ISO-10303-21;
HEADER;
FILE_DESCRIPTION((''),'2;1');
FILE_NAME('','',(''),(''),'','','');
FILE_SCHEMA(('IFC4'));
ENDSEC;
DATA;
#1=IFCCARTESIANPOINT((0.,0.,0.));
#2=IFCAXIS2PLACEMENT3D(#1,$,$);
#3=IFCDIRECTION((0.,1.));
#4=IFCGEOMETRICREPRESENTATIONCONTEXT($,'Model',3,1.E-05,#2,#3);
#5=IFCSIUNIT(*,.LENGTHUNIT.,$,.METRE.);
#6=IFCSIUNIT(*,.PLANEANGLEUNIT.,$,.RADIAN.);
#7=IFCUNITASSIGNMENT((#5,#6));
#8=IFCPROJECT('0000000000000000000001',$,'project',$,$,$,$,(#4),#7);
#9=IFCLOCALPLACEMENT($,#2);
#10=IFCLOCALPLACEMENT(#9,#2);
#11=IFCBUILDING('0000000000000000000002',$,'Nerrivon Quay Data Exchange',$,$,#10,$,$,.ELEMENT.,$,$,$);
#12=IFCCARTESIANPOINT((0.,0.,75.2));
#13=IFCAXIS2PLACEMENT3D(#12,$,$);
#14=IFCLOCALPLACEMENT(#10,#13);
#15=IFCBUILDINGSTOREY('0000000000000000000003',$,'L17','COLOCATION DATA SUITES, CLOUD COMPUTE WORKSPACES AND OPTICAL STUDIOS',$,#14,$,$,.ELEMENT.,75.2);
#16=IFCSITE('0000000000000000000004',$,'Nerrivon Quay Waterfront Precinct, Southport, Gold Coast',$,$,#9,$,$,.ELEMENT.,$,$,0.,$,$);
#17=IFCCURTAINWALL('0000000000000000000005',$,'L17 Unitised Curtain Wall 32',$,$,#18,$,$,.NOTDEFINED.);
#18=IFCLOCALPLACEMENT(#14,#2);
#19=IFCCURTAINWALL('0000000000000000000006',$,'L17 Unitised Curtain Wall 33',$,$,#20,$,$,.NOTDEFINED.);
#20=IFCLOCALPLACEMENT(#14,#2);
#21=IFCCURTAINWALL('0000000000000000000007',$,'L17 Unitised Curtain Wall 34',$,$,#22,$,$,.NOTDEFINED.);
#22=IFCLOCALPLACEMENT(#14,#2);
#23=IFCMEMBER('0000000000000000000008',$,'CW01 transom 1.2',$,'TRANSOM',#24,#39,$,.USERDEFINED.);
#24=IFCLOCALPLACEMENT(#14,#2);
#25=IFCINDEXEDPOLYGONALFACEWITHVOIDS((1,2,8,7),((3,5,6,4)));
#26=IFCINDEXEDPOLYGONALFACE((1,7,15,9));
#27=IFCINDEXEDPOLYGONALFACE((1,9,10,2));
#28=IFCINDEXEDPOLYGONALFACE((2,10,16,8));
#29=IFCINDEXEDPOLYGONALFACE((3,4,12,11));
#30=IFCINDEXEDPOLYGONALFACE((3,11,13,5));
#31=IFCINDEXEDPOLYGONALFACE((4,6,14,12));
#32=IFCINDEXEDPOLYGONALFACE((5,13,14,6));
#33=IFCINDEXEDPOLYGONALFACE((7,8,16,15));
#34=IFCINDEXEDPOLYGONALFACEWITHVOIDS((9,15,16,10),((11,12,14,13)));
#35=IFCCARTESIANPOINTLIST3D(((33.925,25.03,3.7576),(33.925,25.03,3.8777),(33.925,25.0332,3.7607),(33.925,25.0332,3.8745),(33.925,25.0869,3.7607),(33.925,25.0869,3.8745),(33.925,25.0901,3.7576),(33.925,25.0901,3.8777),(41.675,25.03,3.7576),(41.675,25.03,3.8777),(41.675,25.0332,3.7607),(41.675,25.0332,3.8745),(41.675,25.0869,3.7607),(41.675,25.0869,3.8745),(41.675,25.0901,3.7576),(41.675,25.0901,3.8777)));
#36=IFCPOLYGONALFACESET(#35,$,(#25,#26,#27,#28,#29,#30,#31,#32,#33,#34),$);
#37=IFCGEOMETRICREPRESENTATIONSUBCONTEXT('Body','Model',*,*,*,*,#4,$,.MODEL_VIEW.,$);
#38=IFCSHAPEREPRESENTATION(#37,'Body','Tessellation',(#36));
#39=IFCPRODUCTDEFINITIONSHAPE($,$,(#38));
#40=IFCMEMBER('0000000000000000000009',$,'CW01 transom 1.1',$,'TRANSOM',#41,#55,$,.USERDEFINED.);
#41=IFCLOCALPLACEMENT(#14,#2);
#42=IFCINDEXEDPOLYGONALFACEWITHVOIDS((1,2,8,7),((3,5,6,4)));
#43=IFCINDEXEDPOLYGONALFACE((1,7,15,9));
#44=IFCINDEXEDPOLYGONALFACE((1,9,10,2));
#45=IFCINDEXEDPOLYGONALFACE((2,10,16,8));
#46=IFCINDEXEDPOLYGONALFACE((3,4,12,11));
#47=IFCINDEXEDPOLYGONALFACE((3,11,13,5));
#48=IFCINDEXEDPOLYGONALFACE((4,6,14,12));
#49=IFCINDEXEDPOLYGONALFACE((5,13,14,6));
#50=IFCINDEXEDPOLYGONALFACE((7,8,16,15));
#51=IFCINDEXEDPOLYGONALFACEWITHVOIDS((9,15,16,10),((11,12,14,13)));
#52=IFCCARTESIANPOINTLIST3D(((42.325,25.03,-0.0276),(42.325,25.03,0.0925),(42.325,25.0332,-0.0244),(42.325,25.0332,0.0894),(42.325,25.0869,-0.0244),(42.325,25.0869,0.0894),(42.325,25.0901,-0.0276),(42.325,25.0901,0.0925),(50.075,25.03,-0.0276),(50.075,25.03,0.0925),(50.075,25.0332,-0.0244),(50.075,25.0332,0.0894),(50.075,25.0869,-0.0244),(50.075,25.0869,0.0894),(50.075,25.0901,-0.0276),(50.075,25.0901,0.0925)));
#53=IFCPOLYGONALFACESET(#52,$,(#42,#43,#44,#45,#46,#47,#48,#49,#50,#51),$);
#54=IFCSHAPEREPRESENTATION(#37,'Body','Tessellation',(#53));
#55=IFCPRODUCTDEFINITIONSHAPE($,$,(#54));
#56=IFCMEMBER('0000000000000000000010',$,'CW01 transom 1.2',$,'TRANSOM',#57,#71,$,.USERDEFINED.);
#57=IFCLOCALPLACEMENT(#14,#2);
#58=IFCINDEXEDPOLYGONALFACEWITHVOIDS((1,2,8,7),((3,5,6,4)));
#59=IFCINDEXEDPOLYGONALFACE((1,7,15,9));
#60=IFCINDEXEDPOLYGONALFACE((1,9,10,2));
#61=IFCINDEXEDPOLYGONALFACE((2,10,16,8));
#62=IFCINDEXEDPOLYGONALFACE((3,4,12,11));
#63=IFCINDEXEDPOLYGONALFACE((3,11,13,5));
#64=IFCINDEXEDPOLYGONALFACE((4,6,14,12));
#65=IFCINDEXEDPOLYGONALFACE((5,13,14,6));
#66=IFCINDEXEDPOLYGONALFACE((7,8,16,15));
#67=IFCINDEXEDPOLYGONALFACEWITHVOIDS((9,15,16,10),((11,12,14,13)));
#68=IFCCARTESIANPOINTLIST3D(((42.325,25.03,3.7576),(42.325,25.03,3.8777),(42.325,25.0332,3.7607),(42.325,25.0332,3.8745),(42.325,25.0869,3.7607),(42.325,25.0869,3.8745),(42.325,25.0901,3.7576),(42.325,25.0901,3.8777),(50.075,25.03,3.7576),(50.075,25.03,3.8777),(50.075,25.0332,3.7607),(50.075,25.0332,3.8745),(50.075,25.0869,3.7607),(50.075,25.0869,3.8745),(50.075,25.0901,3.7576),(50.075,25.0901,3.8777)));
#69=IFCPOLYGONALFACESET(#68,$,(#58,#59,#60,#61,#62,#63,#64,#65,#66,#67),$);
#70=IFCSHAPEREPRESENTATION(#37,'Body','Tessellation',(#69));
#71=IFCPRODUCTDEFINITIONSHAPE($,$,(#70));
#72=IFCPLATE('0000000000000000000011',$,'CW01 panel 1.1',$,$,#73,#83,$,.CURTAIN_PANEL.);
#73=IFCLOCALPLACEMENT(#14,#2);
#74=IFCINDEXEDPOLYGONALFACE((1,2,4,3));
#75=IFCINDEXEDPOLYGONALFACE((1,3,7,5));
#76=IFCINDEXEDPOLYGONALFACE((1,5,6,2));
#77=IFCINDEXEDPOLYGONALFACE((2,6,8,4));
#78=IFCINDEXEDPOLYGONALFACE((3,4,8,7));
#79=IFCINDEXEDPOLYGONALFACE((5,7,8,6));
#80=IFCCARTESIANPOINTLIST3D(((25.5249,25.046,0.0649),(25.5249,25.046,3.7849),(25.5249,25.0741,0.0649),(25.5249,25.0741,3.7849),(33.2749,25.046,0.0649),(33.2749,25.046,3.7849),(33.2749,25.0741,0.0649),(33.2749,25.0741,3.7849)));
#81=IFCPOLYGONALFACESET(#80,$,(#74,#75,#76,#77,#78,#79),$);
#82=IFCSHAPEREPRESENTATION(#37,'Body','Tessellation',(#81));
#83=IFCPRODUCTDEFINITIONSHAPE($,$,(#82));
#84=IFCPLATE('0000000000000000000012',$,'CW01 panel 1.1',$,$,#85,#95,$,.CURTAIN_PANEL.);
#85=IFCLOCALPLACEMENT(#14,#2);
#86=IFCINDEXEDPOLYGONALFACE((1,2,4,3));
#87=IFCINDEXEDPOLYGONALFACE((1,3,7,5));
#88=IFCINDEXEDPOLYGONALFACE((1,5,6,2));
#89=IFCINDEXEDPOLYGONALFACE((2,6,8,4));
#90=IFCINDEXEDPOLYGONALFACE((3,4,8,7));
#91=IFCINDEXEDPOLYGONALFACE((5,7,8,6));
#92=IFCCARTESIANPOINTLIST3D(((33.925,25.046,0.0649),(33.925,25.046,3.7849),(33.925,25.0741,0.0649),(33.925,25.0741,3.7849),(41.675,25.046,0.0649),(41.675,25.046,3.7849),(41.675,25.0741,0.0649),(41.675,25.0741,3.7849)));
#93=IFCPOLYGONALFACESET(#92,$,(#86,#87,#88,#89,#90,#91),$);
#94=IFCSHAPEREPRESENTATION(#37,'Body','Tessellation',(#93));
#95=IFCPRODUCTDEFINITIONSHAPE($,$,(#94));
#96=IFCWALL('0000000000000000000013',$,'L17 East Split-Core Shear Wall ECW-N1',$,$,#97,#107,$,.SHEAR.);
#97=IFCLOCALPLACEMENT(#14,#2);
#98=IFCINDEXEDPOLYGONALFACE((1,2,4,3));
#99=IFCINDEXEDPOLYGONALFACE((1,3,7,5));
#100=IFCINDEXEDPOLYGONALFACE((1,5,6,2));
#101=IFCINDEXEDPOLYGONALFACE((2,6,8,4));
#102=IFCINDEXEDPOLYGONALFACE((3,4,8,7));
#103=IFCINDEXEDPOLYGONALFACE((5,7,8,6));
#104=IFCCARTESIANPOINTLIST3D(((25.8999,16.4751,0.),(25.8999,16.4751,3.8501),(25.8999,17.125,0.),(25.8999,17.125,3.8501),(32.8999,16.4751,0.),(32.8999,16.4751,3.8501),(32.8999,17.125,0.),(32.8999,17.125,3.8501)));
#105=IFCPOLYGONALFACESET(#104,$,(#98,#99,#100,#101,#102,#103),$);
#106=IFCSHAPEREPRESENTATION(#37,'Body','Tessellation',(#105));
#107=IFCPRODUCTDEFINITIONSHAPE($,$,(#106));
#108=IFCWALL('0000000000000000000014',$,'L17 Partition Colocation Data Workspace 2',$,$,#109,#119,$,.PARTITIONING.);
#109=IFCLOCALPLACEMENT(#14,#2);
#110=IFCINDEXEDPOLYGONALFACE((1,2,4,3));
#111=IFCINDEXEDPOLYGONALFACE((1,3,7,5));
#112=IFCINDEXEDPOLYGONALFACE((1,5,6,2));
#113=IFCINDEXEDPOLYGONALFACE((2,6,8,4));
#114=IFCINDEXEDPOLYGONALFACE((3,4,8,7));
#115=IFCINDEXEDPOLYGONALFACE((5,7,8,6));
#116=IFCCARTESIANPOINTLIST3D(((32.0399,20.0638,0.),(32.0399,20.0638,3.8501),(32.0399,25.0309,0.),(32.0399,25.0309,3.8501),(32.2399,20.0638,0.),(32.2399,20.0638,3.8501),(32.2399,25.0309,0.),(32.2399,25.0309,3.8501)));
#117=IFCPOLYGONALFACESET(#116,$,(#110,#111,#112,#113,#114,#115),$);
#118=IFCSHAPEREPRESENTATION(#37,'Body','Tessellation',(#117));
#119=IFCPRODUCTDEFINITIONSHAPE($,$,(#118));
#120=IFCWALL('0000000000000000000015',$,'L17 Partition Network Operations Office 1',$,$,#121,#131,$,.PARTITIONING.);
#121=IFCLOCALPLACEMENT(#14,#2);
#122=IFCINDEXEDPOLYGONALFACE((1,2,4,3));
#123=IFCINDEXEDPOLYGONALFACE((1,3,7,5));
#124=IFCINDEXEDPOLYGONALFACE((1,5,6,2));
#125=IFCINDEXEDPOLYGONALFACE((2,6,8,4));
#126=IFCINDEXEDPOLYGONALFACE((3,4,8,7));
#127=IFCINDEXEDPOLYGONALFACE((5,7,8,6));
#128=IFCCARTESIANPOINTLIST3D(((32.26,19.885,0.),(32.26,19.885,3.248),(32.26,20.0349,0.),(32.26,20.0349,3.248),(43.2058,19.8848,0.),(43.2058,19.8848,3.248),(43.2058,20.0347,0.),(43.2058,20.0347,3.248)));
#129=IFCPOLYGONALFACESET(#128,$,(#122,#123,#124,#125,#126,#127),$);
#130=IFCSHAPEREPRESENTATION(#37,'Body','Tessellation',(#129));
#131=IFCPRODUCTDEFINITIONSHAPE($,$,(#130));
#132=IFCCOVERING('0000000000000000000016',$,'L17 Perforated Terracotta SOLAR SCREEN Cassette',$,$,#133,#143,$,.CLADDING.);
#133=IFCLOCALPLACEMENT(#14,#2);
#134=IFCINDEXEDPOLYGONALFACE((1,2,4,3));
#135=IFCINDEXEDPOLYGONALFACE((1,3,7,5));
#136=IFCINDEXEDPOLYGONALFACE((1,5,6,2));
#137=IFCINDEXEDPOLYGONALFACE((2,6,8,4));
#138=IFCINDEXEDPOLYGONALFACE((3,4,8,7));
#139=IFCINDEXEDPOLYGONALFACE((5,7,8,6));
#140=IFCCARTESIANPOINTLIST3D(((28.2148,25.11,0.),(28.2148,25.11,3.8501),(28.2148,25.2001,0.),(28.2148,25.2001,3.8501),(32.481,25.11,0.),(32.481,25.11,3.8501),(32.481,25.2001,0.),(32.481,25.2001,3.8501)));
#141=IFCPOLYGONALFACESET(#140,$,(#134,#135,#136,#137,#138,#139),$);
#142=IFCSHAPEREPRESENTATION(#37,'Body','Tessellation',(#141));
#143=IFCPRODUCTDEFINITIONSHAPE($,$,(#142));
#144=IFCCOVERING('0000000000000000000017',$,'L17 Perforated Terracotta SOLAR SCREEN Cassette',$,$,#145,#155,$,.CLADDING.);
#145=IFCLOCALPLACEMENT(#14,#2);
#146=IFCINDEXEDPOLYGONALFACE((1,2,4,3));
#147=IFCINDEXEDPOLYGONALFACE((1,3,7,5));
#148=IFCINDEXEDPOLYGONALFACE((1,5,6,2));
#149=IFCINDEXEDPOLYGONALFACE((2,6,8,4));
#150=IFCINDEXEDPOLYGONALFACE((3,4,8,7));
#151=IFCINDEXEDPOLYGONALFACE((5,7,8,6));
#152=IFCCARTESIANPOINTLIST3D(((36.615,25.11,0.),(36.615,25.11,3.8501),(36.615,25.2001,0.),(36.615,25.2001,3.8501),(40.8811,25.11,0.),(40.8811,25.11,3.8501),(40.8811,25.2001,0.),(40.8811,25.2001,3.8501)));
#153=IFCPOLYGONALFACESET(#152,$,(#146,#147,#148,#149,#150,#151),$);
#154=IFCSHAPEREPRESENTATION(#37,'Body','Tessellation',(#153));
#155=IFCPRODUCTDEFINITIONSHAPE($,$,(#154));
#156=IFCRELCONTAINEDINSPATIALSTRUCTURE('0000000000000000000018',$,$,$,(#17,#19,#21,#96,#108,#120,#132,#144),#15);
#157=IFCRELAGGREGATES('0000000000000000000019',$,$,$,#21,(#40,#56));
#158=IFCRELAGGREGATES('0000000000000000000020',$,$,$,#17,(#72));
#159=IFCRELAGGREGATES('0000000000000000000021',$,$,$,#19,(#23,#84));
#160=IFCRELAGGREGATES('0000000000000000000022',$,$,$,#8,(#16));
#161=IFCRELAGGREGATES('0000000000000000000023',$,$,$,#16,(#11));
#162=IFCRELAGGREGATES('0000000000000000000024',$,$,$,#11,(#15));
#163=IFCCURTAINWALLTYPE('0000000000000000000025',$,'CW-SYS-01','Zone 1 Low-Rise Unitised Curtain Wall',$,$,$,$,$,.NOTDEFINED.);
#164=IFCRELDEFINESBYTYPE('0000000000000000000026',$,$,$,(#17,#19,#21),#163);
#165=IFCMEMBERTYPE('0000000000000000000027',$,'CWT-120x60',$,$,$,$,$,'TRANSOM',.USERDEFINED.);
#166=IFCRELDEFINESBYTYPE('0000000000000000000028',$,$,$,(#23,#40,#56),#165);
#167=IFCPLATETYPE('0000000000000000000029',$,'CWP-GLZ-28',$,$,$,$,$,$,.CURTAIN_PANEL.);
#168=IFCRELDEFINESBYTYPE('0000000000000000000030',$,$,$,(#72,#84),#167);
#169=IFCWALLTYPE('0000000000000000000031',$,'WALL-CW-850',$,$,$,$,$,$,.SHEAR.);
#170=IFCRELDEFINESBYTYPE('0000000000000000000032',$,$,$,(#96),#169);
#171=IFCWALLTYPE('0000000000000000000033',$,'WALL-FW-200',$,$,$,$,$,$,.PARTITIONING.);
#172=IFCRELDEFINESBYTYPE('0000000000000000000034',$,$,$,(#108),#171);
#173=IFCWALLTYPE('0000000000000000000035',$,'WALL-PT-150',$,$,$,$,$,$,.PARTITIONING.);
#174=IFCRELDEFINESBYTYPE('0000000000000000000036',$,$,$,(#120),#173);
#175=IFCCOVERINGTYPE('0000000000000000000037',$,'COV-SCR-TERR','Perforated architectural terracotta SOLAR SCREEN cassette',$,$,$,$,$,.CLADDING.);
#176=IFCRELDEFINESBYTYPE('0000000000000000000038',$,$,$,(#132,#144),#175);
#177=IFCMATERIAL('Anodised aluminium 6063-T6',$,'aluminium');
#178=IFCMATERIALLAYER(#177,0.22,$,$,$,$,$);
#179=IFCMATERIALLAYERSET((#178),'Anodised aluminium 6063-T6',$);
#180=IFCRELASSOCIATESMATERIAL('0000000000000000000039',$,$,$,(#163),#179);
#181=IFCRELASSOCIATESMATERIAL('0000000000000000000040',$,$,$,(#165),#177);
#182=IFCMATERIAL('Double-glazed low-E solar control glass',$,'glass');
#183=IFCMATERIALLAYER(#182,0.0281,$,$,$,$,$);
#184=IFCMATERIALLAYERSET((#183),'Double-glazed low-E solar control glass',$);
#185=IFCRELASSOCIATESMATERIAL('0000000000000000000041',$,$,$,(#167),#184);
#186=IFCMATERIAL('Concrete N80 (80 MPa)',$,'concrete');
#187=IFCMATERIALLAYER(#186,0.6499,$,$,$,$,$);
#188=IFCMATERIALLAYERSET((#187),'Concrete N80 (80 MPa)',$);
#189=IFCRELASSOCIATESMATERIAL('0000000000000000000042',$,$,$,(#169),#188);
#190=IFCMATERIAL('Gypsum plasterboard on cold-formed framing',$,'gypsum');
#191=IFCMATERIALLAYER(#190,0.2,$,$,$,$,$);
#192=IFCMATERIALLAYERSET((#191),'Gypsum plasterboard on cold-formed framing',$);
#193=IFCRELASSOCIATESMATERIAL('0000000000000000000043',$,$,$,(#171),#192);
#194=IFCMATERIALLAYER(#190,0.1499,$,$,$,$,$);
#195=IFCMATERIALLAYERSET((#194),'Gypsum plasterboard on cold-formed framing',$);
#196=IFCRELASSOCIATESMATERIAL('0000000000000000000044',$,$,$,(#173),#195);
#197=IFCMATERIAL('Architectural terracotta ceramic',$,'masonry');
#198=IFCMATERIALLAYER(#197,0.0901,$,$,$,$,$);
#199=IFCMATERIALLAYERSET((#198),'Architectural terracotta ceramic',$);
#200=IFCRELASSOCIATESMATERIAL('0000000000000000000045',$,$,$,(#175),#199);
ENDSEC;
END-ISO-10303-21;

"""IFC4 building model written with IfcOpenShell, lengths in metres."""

from ifc_helpers import new_model, si_unit, direction, frame, frame_2d, origin, origin_2d, place, context, subcontext, project, spatial, rectangle, hollow_rectangle, extrude, material, layer, layer_set, material_profile, profile_set, type_object, element, aggregate, save


model = new_model("IFC4")

# Units and contexts
model_context = context("Model", 3, precision=1e-05, world=origin(), true_north=direction((0.0, 1.0)))
body_context = subcontext(model_context, "Body", "Model", "MODEL_VIEW")
ifc_project = project(units=[si_unit("LENGTHUNIT", "METRE"), si_unit("PLANEANGLEUNIT", "RADIAN")], contexts=[model_context])

# Site, building, storey
site_placement = place(None, origin())
site = spatial("IfcSite", under=ifc_project, at=site_placement, Name="Nerrivon Quay Waterfront Precinct, Southport, Gold Coast", CompositionType="ELEMENT", RefElevation=0.0)
building_placement = place(site_placement, origin())
building = spatial("IfcBuilding", under=site, at=building_placement, Name="Nerrivon Quay Data Exchange", CompositionType="ELEMENT")
storey_placement = place(building_placement, frame((0.0, 0.0, 75.2)))
storey = spatial("IfcBuildingStorey", under=building, at=storey_placement, Name="L17", Description="COLOCATION DATA SUITES, CLOUD COMPUTE WORKSPACES AND OPTICAL STUDIOS", CompositionType="ELEMENT", Elevation=75.2)

# Shared definitions
ifc_material_1 = material(Name="Concrete N80 (80 MPa)", Category="concrete")

# Curtain wall
ifc_material_2 = material(Name="Anodised aluminium 6063-T6", Category="aluminium")
ifc_layer_1 = layer(ifc_material_2, 0.22)
ifc_layer_set_1 = layer_set([ifc_layer_1], Name="Anodised aluminium 6063-T6")
curtain_wall_type = type_object("IfcCurtainWallType", Name="CW-SYS-01", Description="Zone 1 Low-Rise Unitised Curtain Wall", PredefinedType="NOTDEFINED", material=ifc_layer_set_1)
curtain_wall_1_placement = place(storey_placement, origin())
curtain_wall_1 = element("IfcCurtainWall", 1, at=curtain_wall_1_placement, inside=storey, type_object=curtain_wall_type, Name="L17 Unitised Curtain Wall 32", PredefinedType="NOTDEFINED")

# Curtain wall
curtain_wall_2_placement = place(storey_placement, origin())
curtain_wall_2 = element("IfcCurtainWall", 2, at=curtain_wall_2_placement, inside=storey, type_object=curtain_wall_type, Name="L17 Unitised Curtain Wall 33", PredefinedType="NOTDEFINED")

# Curtain wall
curtain_wall_3_placement = place(storey_placement, origin())
curtain_wall_3 = element("IfcCurtainWall", 3, at=curtain_wall_3_placement, inside=storey, type_object=curtain_wall_type, Name="L17 Unitised Curtain Wall 34", PredefinedType="NOTDEFINED")

# Members
ifc_material_profile_1 = material_profile(ifc_material_2, hollow_rectangle(XDim=0.0601, YDim=0.1201, WallThickness=0.0032, at=origin_2d()), Name="ALU-TRAN-120x60")
ifc_profile_set_1 = profile_set([ifc_material_profile_1], Name="Anodised aluminium 6063-T6")
member_type_1 = type_object("IfcMemberType", Name="CWT-120x60", ElementType="TRANSOM", PredefinedType="USERDEFINED", material=ifc_profile_set_1)
member_1_placement = place(storey_placement, frame((33.925, 25.0601, 3.8176), z_axis=(1.0, 0.0, 0.0), x_axis=(0.0, 1.0, 0.0)))
member_1 = element("IfcMember", 4, at=member_1_placement, type_object=member_type_1, Name="CW01 transom 1.2", ObjectType="TRANSOM", PredefinedType="USERDEFINED", context=body_context, shape_type="SweptSolid", body=[
    extrude(hollow_rectangle(XDim=0.0601, YDim=0.1201, WallThickness=0.0032, at=origin_2d()), origin(), (0.0, 0.0, 1.0), 7.75),
])
member_2_placement = place(storey_placement, frame((42.325, 25.0601, 0.0325), z_axis=(1.0, 0.0, 0.0), x_axis=(0.0, 1.0, 0.0)))
member_2 = element("IfcMember", 5, at=member_2_placement, type_object=member_type_1, Name="CW01 transom 1.1", ObjectType="TRANSOM", PredefinedType="USERDEFINED", context=body_context, shape_type="SweptSolid", body=[
    extrude(hollow_rectangle(XDim=0.0601, YDim=0.1201, WallThickness=0.0032, at=origin_2d()), origin(), (0.0, 0.0, 1.0), 7.75),
])
member_3_placement = place(storey_placement, frame((42.325, 25.0601, 3.8176), z_axis=(1.0, 0.0, 0.0), x_axis=(0.0, 1.0, 0.0)))
member_3 = element("IfcMember", 6, at=member_3_placement, type_object=member_type_1, Name="CW01 transom 1.2", ObjectType="TRANSOM", PredefinedType="USERDEFINED", context=body_context, shape_type="SweptSolid", body=[
    extrude(hollow_rectangle(XDim=0.0601, YDim=0.1201, WallThickness=0.0032, at=origin_2d()), origin(), (0.0, 0.0, 1.0), 7.75),
])
aggregate(curtain_wall_3, [member_2, member_3])

# Plates
ifc_material_3 = material(Name="Double-glazed low-E solar control glass", Category="glass")
ifc_layer_2 = layer(ifc_material_3, 0.0281)
ifc_layer_set_2 = layer_set([ifc_layer_2], Name="Double-glazed low-E solar control glass")
plate_type = type_object("IfcPlateType", Name="CWP-GLZ-28", PredefinedType="CURTAIN_PANEL", material=ifc_layer_set_2)
plate_1_placement = place(storey_placement, frame((29.3999, 25.0601, 0.0649), z_axis=(0.0, 0.0, 1.0), x_axis=(1.0, 0.0, 0.0)))
plate_1 = element("IfcPlate", 7, at=plate_1_placement, type_object=plate_type, Name="CW01 panel 1.1", PredefinedType="CURTAIN_PANEL", context=body_context, shape_type="SweptSolid", body=[
    extrude(rectangle(XDim=7.75, YDim=0.0281, at=origin_2d()), origin(), (0.0, 0.0, 1.0), 3.72),
])
aggregate(curtain_wall_1, [plate_1])
plate_2_placement = place(storey_placement, frame((37.8, 25.0601, 0.0649), z_axis=(0.0, 0.0, 1.0), x_axis=(1.0, 0.0, 0.0)))
plate_2 = element("IfcPlate", 8, at=plate_2_placement, type_object=plate_type, Name="CW01 panel 1.1", PredefinedType="CURTAIN_PANEL", context=body_context, shape_type="SweptSolid", body=[
    extrude(rectangle(XDim=7.75, YDim=0.0281, at=origin_2d()), origin(), (0.0, 0.0, 1.0), 3.72),
])
aggregate(curtain_wall_2, [member_1, plate_2])

# Walls
ifc_layer_3 = layer(ifc_material_1, 0.6499)
ifc_layer_set_3 = layer_set([ifc_layer_3], Name="Concrete N80 (80 MPa)")
wall_type_1 = type_object("IfcWallType", Name="WALL-CW-850", PredefinedType="SHEAR", material=ifc_layer_set_3)
wall_1_placement = place(storey_placement, frame((25.8999, 16.8, 0.0), z_axis=(0.0, 0.0, 1.0), x_axis=(1.0, 0.0, 0.0)))
element("IfcWall", 9, at=wall_1_placement, inside=storey, type_object=wall_type_1, Name="L17 East Split-Core Shear Wall ECW-N1", PredefinedType="SHEAR", context=body_context, shape_type="SweptSolid", body=[
    extrude(rectangle(XDim=7.0, YDim=0.6499, at=frame_2d((3.5, 0.0))), origin(), (0.0, 0.0, 1.0), 3.8501),
])
ifc_material_4 = material(Name="Gypsum plasterboard on cold-formed framing", Category="gypsum")
ifc_layer_4 = layer(ifc_material_4, 0.2)
ifc_layer_set_4 = layer_set([ifc_layer_4], Name="Gypsum plasterboard on cold-formed framing")
wall_type_2 = type_object("IfcWallType", Name="WALL-FW-200", PredefinedType="PARTITIONING", material=ifc_layer_set_4)
wall_2_placement = place(storey_placement, frame((32.1399, 20.064, 0.0), z_axis=(0.0, 0.0, 1.0), x_axis=(0.0, 1.0, 0.0)))
element("IfcWall", 10, at=wall_2_placement, inside=storey, type_object=wall_type_2, Name="L17 Partition Colocation Data Workspace 2", PredefinedType="PARTITIONING", context=body_context, shape_type="SweptSolid", body=[
    extrude(rectangle(XDim=4.967, YDim=0.2, at=frame_2d((2.4834, 0.0))), origin(), (0.0, 0.0, 1.0), 3.8501),
])
ifc_layer_5 = layer(ifc_material_4, 0.1499)
ifc_layer_set_5 = layer_set([ifc_layer_5], Name="Gypsum plasterboard on cold-formed framing")
wall_type_3 = type_object("IfcWallType", Name="WALL-PT-150", PredefinedType="PARTITIONING", material=ifc_layer_set_5)
wall_3_placement = place(storey_placement, frame((32.26, 19.96, 0.0), z_axis=(0.0, 0.0, 1.0), x_axis=(1.0, -0.000022, 0.0)))
element("IfcWall", 11, at=wall_3_placement, inside=storey, type_object=wall_type_3, Name="L17 Partition Network Operations Office 1", PredefinedType="PARTITIONING", context=body_context, shape_type="SweptSolid", body=[
    extrude(rectangle(XDim=10.9458, YDim=0.1499, at=frame_2d((5.4729, 0.0))), origin(), (0.0, 0.0, 1.0), 3.248),
])

# Coverings
ifc_material_5 = material(Name="Architectural terracotta ceramic", Category="masonry")
ifc_layer_6 = layer(ifc_material_5, 0.0901)
ifc_layer_set_6 = layer_set([ifc_layer_6], Name="Architectural terracotta ceramic")
covering_type = type_object("IfcCoveringType", Name="COV-SCR-TERR", Description="Perforated architectural terracotta SOLAR SCREEN cassette", PredefinedType="CLADDING", material=ifc_layer_set_6)
for number, where, z_axis, x_axis, name in (
    (12, (30.3479, 25.155, 0.0), (0.0, 0.0, 1.0), (1.0, 0.0, 0.0), "L17 Perforated Terracotta SOLAR SCREEN Cassette"),
    (13, (38.748, 25.155, 0.0), (0.0, 0.0, 1.0), (1.0, 0.0, 0.0), "L17 Perforated Terracotta SOLAR SCREEN Cassette"),
):
    element("IfcCovering", number, at=place(storey_placement, frame(where, z_axis=z_axis, x_axis=x_axis)), inside=storey, type_object=covering_type, Name=name, PredefinedType="CLADDING", context=body_context, shape_type="SweptSolid", body=[
        extrude(rectangle(XDim=4.2661, YDim=0.0901, at=origin_2d()), origin(), (0.0, 0.0, 1.0), 3.8501),
    ])

save(model, "model.ifc")
